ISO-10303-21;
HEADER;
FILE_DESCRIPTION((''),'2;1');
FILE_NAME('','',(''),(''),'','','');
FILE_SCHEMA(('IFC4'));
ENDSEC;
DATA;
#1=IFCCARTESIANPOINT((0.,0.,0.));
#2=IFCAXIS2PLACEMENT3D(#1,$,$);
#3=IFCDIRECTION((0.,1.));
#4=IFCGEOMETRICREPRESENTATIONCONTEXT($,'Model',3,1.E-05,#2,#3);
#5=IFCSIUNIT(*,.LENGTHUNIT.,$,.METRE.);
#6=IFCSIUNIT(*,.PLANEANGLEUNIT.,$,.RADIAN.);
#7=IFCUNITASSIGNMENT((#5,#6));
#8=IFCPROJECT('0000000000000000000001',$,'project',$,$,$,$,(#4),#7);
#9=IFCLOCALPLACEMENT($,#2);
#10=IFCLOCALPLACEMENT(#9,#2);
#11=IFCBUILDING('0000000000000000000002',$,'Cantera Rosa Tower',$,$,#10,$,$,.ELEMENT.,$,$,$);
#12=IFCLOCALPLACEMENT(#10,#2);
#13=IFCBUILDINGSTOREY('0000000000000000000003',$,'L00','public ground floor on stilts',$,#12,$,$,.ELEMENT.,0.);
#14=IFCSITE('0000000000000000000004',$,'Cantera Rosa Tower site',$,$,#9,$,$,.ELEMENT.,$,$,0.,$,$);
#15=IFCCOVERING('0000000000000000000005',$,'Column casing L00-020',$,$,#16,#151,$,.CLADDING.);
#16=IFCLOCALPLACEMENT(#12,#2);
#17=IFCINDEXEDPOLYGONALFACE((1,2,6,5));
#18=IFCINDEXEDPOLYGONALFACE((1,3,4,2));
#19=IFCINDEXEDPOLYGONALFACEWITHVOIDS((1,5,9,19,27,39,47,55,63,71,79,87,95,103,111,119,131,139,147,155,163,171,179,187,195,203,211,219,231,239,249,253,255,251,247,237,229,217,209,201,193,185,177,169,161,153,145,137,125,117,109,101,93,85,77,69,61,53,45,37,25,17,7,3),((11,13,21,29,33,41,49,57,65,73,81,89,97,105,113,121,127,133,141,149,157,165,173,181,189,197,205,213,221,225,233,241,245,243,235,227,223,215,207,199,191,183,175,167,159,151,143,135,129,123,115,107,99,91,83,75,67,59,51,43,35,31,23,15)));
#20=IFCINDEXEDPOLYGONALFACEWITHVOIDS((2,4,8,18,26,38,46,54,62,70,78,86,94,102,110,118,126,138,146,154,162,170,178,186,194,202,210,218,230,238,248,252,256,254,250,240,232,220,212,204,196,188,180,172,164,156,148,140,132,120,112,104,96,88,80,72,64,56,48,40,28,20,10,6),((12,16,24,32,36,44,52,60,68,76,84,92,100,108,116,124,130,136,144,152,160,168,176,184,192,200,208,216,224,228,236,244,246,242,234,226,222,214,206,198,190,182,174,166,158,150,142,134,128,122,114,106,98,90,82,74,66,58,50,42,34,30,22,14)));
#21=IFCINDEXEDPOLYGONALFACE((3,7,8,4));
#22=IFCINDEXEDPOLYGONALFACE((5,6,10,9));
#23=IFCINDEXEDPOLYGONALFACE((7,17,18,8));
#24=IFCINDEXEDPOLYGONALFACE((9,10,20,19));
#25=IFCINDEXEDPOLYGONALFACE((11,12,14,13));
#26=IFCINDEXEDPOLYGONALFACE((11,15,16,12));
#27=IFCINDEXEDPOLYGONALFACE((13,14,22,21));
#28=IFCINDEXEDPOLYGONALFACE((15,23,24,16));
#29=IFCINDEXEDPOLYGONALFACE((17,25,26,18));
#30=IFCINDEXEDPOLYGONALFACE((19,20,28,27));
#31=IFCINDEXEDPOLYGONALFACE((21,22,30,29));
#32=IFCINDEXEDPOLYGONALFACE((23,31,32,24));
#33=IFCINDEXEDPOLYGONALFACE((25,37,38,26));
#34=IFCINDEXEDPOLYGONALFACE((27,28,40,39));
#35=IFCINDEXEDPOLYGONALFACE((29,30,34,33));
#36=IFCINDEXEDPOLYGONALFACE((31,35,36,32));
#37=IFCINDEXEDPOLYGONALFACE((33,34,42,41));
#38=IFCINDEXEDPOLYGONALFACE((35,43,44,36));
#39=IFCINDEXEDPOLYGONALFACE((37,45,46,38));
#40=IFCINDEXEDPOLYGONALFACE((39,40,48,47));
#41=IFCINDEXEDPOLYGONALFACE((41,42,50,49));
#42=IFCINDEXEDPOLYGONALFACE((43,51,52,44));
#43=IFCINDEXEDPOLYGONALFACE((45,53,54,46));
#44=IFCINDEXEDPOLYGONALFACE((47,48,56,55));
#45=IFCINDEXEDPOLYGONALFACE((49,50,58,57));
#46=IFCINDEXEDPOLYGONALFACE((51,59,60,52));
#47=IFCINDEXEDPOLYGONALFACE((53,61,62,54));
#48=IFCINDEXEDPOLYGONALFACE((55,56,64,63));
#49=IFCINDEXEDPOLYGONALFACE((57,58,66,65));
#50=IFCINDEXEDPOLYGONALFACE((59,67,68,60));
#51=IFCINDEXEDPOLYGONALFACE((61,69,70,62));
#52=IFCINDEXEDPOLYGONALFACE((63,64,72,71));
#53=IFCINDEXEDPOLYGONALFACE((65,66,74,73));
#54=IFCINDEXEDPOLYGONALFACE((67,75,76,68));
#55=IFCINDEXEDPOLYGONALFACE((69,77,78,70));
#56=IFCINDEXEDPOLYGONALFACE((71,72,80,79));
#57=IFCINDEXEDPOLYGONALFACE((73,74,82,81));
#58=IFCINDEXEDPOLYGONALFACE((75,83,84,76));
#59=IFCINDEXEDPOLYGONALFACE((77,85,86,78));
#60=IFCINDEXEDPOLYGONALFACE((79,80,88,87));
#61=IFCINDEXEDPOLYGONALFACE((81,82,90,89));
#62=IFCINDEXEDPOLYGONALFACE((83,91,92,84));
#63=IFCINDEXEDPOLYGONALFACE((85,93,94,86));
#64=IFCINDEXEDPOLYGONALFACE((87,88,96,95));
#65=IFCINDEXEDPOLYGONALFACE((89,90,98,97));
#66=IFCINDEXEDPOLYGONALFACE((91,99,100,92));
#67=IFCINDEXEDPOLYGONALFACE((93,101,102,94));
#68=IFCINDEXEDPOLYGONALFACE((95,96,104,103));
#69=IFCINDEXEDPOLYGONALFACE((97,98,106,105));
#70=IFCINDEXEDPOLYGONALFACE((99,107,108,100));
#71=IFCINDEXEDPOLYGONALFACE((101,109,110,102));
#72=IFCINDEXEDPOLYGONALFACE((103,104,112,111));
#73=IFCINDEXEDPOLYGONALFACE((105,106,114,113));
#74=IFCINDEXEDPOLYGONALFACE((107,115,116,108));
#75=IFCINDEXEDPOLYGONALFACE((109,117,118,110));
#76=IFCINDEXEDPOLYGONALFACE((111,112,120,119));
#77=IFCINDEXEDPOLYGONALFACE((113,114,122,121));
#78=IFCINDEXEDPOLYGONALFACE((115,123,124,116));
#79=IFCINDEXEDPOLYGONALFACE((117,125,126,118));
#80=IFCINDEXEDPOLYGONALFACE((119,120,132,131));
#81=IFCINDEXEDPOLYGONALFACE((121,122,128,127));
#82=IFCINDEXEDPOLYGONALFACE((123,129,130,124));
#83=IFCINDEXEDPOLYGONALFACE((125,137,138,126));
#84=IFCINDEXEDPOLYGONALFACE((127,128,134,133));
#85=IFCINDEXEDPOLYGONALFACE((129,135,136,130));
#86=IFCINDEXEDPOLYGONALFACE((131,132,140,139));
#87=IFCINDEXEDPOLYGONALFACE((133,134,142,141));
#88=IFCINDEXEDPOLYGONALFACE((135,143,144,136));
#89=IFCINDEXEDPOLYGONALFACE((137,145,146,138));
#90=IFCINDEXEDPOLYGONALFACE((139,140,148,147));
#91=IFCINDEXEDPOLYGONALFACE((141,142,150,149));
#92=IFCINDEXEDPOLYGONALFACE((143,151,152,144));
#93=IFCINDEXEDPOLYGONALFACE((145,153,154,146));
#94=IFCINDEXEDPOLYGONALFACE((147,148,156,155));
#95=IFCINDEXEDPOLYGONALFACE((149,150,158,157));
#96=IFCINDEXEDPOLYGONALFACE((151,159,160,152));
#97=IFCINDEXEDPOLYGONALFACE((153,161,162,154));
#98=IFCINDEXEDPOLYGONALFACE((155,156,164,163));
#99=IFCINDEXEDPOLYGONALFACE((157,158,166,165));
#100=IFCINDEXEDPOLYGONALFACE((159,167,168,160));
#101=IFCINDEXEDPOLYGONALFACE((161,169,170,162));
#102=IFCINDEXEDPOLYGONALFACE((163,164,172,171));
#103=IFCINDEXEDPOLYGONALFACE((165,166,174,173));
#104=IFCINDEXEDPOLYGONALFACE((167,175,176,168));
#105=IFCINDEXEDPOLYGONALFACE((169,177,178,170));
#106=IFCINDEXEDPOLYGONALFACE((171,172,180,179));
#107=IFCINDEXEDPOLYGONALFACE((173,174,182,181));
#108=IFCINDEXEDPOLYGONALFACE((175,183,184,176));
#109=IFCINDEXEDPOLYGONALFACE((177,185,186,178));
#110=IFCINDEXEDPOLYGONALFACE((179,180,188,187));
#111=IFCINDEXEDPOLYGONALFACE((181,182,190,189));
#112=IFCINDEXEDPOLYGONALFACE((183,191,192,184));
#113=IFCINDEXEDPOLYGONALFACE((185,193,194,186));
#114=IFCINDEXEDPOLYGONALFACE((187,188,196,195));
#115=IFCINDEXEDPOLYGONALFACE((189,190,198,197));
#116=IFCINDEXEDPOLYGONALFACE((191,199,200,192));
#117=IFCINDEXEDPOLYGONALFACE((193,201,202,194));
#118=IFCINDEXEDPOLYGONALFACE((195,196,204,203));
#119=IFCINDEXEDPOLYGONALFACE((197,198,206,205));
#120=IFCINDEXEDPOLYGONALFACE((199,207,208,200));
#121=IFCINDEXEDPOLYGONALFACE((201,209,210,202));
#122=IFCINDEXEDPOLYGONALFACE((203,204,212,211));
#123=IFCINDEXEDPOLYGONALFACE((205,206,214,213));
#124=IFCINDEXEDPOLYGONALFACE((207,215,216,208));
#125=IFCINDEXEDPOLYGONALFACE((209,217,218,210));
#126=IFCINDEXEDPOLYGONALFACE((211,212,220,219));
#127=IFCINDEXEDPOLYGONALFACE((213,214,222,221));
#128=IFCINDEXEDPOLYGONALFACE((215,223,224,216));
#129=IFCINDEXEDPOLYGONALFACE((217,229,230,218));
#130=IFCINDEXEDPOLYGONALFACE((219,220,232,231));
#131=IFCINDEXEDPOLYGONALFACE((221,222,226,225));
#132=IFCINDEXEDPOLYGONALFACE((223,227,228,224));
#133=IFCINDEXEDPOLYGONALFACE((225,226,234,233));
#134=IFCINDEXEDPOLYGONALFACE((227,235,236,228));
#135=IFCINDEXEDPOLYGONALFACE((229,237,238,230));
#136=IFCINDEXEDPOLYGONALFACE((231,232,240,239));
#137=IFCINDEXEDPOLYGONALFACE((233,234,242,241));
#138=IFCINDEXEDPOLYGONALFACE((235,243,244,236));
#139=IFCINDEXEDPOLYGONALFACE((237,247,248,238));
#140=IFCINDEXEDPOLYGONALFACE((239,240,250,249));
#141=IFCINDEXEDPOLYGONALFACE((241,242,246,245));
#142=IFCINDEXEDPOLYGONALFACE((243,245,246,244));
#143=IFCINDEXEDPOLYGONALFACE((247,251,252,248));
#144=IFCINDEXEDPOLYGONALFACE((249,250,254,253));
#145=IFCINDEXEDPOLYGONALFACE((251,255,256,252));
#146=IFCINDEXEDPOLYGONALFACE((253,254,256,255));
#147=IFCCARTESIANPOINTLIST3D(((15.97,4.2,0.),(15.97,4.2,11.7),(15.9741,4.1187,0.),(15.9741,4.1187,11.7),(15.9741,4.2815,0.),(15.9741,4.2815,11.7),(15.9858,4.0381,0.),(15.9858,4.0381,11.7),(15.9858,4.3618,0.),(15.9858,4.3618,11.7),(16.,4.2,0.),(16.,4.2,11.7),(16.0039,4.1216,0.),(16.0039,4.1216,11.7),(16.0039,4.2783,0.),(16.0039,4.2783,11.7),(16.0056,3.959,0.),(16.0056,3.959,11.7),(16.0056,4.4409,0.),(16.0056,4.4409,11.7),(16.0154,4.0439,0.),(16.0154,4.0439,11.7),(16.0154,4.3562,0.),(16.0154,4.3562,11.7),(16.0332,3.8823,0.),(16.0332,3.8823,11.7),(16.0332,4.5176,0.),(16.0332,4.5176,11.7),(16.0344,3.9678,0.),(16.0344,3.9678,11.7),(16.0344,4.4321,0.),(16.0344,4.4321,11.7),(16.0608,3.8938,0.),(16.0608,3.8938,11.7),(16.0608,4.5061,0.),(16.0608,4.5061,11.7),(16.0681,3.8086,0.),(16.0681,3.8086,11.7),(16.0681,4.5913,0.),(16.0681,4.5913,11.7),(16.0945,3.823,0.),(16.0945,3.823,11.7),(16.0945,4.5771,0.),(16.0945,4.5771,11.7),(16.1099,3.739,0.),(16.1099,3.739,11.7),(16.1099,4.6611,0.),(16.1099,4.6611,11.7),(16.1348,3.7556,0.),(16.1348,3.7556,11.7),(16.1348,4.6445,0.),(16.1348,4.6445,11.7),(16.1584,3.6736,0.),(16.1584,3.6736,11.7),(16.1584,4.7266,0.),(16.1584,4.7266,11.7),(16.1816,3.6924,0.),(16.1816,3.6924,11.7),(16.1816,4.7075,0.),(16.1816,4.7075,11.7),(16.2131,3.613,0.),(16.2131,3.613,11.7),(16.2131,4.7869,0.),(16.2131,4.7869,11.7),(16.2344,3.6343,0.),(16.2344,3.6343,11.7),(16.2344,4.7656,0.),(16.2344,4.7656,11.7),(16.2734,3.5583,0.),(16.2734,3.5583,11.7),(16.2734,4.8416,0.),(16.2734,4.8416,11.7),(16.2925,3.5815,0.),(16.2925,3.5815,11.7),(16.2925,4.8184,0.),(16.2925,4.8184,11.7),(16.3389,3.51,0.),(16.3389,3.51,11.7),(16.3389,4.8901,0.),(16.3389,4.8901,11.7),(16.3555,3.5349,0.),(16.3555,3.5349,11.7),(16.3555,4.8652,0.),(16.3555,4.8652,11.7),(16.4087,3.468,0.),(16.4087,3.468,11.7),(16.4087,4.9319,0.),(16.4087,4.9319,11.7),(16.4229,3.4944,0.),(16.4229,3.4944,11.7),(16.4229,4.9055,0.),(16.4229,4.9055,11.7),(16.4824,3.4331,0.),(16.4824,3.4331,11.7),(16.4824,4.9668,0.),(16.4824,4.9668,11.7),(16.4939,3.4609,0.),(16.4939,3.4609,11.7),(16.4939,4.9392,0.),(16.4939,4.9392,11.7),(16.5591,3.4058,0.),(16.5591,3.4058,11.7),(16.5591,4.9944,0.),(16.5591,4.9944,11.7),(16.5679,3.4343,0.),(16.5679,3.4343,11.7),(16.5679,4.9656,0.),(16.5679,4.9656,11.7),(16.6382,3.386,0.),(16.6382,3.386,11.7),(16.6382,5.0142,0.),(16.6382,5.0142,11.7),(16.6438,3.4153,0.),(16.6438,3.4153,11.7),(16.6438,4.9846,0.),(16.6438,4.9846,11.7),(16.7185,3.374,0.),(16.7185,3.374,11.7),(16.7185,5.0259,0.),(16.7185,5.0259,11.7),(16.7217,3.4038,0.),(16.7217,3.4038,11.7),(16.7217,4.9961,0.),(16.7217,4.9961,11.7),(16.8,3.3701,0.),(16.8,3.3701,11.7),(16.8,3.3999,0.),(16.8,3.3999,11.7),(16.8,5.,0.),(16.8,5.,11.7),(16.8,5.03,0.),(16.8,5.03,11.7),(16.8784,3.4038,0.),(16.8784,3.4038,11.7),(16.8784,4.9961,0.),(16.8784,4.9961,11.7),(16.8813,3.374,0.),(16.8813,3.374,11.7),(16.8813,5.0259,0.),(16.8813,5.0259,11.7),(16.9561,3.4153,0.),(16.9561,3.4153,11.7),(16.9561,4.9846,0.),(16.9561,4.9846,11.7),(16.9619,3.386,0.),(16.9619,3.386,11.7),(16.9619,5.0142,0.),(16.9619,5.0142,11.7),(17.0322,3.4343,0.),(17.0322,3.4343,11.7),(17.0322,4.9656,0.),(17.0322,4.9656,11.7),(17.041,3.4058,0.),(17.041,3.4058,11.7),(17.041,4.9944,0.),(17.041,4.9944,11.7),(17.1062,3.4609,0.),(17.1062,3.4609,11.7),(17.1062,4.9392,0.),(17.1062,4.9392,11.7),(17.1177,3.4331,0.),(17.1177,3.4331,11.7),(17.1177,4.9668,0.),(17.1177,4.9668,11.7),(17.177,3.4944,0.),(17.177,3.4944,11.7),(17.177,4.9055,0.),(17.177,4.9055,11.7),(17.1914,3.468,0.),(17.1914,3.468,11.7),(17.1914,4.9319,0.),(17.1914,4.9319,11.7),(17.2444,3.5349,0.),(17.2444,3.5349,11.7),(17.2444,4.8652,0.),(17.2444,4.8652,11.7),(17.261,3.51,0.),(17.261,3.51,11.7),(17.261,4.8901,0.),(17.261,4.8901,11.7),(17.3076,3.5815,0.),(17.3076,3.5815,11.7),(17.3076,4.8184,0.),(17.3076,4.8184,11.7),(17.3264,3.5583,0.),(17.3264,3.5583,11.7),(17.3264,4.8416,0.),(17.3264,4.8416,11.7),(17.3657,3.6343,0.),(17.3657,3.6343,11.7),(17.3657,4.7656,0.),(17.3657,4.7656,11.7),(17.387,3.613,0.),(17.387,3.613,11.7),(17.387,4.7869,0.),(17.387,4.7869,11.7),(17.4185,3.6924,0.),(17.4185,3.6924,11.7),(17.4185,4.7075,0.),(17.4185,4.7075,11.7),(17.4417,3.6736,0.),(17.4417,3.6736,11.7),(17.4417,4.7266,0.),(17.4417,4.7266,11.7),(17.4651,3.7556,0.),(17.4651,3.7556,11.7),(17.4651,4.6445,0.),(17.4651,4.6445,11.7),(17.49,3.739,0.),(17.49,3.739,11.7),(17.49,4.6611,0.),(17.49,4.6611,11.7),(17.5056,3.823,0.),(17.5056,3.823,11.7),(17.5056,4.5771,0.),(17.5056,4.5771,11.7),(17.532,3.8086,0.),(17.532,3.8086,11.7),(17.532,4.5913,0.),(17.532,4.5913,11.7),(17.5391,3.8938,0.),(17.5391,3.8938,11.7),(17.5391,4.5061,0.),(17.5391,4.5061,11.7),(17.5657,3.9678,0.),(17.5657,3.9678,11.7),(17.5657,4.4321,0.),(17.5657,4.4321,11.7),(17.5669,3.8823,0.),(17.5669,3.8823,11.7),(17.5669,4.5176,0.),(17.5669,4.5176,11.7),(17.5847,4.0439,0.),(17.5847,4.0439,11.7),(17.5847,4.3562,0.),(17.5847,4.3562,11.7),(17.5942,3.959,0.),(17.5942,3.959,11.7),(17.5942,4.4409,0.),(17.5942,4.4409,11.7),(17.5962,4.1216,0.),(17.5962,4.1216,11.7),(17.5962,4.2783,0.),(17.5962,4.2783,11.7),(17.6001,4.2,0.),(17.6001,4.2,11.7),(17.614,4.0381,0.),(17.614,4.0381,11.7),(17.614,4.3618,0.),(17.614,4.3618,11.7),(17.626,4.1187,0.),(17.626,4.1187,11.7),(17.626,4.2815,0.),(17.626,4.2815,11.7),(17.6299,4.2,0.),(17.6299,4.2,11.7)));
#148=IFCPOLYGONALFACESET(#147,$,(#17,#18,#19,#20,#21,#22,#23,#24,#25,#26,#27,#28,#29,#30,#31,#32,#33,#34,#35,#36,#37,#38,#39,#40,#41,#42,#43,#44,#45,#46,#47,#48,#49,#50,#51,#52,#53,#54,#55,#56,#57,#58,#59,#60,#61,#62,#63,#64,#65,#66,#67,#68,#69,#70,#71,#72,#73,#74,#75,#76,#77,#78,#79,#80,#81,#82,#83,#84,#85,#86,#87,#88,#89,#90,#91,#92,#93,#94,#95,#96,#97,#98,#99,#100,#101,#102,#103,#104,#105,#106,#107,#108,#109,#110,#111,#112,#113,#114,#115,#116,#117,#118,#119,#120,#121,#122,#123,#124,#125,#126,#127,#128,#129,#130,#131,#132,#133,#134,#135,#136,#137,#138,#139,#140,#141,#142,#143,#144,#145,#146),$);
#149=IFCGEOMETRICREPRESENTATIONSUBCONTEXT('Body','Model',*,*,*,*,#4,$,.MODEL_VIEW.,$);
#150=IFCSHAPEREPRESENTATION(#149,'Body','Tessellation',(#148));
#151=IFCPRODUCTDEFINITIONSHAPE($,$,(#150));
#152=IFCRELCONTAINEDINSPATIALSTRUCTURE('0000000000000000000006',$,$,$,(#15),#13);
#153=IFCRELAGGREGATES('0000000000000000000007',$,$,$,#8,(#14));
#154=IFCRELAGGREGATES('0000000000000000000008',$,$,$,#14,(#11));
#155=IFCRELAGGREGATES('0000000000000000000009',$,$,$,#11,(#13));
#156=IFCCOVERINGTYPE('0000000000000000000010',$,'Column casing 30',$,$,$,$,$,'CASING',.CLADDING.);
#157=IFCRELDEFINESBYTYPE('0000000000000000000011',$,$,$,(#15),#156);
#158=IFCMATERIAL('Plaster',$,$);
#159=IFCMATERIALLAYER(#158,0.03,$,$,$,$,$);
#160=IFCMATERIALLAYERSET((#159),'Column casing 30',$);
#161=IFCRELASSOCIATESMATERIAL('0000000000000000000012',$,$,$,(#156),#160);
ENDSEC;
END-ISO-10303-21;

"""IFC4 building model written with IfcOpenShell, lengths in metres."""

from ifc_helpers import new_model, si_unit, direction, origin, place, context, subcontext, project, spatial, polyline, outline, extrude, material, layer, layer_set, type_object, element, save


model = new_model("IFC4")

# Units and contexts
model_context = context("Model", 3, precision=1e-05, world=origin(), true_north=direction((0.0, 1.0)))
body_context = subcontext(model_context, "Body", "Model", "MODEL_VIEW")
ifc_project = project(units=[si_unit("LENGTHUNIT", "METRE"), si_unit("PLANEANGLEUNIT", "RADIAN")], contexts=[model_context])

# Site, building, storey
site_placement = place(None, origin())
site = spatial("IfcSite", under=ifc_project, at=site_placement, Name="Cantera Rosa Tower site", CompositionType="ELEMENT", RefElevation=0.0)
building_placement = place(site_placement, origin())
building = spatial("IfcBuilding", under=site, at=building_placement, Name="Cantera Rosa Tower", CompositionType="ELEMENT")
storey_placement = place(building_placement, origin())
storey = spatial("IfcBuildingStorey", under=building, at=storey_placement, Name="L00", Description="public ground floor on stilts", CompositionType="ELEMENT", Elevation=0.0)

# Covering
ifc_material_1 = material(Name="Plaster")
ifc_layer_1 = layer(ifc_material_1, 0.03)
ifc_layer_set_1 = layer_set([ifc_layer_1], Name="Column casing 30")
covering_type = type_object("IfcCoveringType", Name="Column casing 30", ElementType="CASING", PredefinedType="CLADDING", material=ifc_layer_set_1)
covering_1_placement = place(storey_placement, origin())
element("IfcCovering", 1, at=covering_1_placement, inside=storey, type_object=covering_type, Name="Column casing L00-020", PredefinedType="CLADDING", context=body_context, shape_type="SweptSolid", body=[
    extrude(outline(polyline([(17.626, 4.1187), (17.6299, 4.2), (17.626, 4.2815), (17.614, 4.3618), (17.5942, 4.4409), (17.5669, 4.5176), (17.532, 4.5913), (17.49, 4.6611), (17.4417, 4.7266), (17.387, 4.7869), (17.3264, 4.8416), (17.261, 4.8901), (17.1914, 4.9319), (17.1177, 4.9668), (17.041, 4.9944), (16.9619, 5.0142), (16.8813, 5.0259), (16.8, 5.03), (16.7185, 5.0259), (16.6382, 5.0142), (16.5591, 4.9944), (16.4824, 4.9668), (16.4087, 4.9319), (16.3389, 4.8901), (16.2734, 4.8416), (16.2131, 4.7869), (16.1584, 4.7266), (16.1099, 4.6611), (16.0681, 4.5913), (16.0332, 4.5176), (16.0056, 4.4409), (15.9858, 4.3618), (15.9741, 4.2815), (15.97, 4.2), (15.9741, 4.1187), (15.9858, 4.0381), (16.0056, 3.959), (16.0332, 3.8823), (16.0681, 3.8086), (16.1099, 3.739), (16.1584, 3.6736), (16.2131, 3.613), (16.2734, 3.5583), (16.3389, 3.51), (16.4087, 3.468), (16.4824, 3.4331), (16.5591, 3.4058), (16.6382, 3.386), (16.7185, 3.374), (16.8, 3.3701), (16.8813, 3.374), (16.9619, 3.386), (17.041, 3.4058), (17.1177, 3.4331), (17.1914, 3.468), (17.261, 3.51), (17.3264, 3.5583), (17.387, 3.613), (17.4417, 3.6736), (17.49, 3.739), (17.532, 3.8086), (17.5669, 3.8823), (17.5942, 3.959), (17.614, 4.0381), (17.626, 4.1187)]), holes=[polyline([(17.5962, 4.2783), (17.5847, 4.3562), (17.5657, 4.4321), (17.5391, 4.5061), (17.5056, 4.5771), (17.4651, 4.6445), (17.4185, 4.7075), (17.3657, 4.7656), (17.3076, 4.8184), (17.2444, 4.8652), (17.177, 4.9055), (17.1062, 4.9392), (17.0322, 4.9656), (16.9561, 4.9846), (16.8784, 4.9961), (16.8, 5.0), (16.7217, 4.9961), (16.6438, 4.9846), (16.5679, 4.9656), (16.4939, 4.9392), (16.4229, 4.9055), (16.3555, 4.8652), (16.2925, 4.8184), (16.2344, 4.7656), (16.1816, 4.7075), (16.1348, 4.6445), (16.0945, 4.5771), (16.0608, 4.5061), (16.0344, 4.4321), (16.0154, 4.3562), (16.0039, 4.2783), (16.0, 4.2), (16.0039, 4.1216), (16.0154, 4.0439), (16.0344, 3.9678), (16.0608, 3.8938), (16.0945, 3.823), (16.1348, 3.7556), (16.1816, 3.6924), (16.2344, 3.6343), (16.2925, 3.5815), (16.3555, 3.5349), (16.4229, 3.4944), (16.4939, 3.4609), (16.5679, 3.4343), (16.6438, 3.4153), (16.7217, 3.4038), (16.8, 3.3999), (16.8784, 3.4038), (16.9561, 3.4153), (17.0322, 3.4343), (17.1062, 3.4609), (17.177, 3.4944), (17.2444, 3.5349), (17.3076, 3.5815), (17.3657, 3.6343), (17.4185, 3.6924), (17.4651, 3.7556), (17.5056, 3.823), (17.5391, 3.8938), (17.5657, 3.9678), (17.5847, 4.0439), (17.5962, 4.1216), (17.6001, 4.2), (17.5962, 4.2783)])]), origin(), (0.0, 0.0, 1.0), 11.7),
])

save(model, "model.ifc")
